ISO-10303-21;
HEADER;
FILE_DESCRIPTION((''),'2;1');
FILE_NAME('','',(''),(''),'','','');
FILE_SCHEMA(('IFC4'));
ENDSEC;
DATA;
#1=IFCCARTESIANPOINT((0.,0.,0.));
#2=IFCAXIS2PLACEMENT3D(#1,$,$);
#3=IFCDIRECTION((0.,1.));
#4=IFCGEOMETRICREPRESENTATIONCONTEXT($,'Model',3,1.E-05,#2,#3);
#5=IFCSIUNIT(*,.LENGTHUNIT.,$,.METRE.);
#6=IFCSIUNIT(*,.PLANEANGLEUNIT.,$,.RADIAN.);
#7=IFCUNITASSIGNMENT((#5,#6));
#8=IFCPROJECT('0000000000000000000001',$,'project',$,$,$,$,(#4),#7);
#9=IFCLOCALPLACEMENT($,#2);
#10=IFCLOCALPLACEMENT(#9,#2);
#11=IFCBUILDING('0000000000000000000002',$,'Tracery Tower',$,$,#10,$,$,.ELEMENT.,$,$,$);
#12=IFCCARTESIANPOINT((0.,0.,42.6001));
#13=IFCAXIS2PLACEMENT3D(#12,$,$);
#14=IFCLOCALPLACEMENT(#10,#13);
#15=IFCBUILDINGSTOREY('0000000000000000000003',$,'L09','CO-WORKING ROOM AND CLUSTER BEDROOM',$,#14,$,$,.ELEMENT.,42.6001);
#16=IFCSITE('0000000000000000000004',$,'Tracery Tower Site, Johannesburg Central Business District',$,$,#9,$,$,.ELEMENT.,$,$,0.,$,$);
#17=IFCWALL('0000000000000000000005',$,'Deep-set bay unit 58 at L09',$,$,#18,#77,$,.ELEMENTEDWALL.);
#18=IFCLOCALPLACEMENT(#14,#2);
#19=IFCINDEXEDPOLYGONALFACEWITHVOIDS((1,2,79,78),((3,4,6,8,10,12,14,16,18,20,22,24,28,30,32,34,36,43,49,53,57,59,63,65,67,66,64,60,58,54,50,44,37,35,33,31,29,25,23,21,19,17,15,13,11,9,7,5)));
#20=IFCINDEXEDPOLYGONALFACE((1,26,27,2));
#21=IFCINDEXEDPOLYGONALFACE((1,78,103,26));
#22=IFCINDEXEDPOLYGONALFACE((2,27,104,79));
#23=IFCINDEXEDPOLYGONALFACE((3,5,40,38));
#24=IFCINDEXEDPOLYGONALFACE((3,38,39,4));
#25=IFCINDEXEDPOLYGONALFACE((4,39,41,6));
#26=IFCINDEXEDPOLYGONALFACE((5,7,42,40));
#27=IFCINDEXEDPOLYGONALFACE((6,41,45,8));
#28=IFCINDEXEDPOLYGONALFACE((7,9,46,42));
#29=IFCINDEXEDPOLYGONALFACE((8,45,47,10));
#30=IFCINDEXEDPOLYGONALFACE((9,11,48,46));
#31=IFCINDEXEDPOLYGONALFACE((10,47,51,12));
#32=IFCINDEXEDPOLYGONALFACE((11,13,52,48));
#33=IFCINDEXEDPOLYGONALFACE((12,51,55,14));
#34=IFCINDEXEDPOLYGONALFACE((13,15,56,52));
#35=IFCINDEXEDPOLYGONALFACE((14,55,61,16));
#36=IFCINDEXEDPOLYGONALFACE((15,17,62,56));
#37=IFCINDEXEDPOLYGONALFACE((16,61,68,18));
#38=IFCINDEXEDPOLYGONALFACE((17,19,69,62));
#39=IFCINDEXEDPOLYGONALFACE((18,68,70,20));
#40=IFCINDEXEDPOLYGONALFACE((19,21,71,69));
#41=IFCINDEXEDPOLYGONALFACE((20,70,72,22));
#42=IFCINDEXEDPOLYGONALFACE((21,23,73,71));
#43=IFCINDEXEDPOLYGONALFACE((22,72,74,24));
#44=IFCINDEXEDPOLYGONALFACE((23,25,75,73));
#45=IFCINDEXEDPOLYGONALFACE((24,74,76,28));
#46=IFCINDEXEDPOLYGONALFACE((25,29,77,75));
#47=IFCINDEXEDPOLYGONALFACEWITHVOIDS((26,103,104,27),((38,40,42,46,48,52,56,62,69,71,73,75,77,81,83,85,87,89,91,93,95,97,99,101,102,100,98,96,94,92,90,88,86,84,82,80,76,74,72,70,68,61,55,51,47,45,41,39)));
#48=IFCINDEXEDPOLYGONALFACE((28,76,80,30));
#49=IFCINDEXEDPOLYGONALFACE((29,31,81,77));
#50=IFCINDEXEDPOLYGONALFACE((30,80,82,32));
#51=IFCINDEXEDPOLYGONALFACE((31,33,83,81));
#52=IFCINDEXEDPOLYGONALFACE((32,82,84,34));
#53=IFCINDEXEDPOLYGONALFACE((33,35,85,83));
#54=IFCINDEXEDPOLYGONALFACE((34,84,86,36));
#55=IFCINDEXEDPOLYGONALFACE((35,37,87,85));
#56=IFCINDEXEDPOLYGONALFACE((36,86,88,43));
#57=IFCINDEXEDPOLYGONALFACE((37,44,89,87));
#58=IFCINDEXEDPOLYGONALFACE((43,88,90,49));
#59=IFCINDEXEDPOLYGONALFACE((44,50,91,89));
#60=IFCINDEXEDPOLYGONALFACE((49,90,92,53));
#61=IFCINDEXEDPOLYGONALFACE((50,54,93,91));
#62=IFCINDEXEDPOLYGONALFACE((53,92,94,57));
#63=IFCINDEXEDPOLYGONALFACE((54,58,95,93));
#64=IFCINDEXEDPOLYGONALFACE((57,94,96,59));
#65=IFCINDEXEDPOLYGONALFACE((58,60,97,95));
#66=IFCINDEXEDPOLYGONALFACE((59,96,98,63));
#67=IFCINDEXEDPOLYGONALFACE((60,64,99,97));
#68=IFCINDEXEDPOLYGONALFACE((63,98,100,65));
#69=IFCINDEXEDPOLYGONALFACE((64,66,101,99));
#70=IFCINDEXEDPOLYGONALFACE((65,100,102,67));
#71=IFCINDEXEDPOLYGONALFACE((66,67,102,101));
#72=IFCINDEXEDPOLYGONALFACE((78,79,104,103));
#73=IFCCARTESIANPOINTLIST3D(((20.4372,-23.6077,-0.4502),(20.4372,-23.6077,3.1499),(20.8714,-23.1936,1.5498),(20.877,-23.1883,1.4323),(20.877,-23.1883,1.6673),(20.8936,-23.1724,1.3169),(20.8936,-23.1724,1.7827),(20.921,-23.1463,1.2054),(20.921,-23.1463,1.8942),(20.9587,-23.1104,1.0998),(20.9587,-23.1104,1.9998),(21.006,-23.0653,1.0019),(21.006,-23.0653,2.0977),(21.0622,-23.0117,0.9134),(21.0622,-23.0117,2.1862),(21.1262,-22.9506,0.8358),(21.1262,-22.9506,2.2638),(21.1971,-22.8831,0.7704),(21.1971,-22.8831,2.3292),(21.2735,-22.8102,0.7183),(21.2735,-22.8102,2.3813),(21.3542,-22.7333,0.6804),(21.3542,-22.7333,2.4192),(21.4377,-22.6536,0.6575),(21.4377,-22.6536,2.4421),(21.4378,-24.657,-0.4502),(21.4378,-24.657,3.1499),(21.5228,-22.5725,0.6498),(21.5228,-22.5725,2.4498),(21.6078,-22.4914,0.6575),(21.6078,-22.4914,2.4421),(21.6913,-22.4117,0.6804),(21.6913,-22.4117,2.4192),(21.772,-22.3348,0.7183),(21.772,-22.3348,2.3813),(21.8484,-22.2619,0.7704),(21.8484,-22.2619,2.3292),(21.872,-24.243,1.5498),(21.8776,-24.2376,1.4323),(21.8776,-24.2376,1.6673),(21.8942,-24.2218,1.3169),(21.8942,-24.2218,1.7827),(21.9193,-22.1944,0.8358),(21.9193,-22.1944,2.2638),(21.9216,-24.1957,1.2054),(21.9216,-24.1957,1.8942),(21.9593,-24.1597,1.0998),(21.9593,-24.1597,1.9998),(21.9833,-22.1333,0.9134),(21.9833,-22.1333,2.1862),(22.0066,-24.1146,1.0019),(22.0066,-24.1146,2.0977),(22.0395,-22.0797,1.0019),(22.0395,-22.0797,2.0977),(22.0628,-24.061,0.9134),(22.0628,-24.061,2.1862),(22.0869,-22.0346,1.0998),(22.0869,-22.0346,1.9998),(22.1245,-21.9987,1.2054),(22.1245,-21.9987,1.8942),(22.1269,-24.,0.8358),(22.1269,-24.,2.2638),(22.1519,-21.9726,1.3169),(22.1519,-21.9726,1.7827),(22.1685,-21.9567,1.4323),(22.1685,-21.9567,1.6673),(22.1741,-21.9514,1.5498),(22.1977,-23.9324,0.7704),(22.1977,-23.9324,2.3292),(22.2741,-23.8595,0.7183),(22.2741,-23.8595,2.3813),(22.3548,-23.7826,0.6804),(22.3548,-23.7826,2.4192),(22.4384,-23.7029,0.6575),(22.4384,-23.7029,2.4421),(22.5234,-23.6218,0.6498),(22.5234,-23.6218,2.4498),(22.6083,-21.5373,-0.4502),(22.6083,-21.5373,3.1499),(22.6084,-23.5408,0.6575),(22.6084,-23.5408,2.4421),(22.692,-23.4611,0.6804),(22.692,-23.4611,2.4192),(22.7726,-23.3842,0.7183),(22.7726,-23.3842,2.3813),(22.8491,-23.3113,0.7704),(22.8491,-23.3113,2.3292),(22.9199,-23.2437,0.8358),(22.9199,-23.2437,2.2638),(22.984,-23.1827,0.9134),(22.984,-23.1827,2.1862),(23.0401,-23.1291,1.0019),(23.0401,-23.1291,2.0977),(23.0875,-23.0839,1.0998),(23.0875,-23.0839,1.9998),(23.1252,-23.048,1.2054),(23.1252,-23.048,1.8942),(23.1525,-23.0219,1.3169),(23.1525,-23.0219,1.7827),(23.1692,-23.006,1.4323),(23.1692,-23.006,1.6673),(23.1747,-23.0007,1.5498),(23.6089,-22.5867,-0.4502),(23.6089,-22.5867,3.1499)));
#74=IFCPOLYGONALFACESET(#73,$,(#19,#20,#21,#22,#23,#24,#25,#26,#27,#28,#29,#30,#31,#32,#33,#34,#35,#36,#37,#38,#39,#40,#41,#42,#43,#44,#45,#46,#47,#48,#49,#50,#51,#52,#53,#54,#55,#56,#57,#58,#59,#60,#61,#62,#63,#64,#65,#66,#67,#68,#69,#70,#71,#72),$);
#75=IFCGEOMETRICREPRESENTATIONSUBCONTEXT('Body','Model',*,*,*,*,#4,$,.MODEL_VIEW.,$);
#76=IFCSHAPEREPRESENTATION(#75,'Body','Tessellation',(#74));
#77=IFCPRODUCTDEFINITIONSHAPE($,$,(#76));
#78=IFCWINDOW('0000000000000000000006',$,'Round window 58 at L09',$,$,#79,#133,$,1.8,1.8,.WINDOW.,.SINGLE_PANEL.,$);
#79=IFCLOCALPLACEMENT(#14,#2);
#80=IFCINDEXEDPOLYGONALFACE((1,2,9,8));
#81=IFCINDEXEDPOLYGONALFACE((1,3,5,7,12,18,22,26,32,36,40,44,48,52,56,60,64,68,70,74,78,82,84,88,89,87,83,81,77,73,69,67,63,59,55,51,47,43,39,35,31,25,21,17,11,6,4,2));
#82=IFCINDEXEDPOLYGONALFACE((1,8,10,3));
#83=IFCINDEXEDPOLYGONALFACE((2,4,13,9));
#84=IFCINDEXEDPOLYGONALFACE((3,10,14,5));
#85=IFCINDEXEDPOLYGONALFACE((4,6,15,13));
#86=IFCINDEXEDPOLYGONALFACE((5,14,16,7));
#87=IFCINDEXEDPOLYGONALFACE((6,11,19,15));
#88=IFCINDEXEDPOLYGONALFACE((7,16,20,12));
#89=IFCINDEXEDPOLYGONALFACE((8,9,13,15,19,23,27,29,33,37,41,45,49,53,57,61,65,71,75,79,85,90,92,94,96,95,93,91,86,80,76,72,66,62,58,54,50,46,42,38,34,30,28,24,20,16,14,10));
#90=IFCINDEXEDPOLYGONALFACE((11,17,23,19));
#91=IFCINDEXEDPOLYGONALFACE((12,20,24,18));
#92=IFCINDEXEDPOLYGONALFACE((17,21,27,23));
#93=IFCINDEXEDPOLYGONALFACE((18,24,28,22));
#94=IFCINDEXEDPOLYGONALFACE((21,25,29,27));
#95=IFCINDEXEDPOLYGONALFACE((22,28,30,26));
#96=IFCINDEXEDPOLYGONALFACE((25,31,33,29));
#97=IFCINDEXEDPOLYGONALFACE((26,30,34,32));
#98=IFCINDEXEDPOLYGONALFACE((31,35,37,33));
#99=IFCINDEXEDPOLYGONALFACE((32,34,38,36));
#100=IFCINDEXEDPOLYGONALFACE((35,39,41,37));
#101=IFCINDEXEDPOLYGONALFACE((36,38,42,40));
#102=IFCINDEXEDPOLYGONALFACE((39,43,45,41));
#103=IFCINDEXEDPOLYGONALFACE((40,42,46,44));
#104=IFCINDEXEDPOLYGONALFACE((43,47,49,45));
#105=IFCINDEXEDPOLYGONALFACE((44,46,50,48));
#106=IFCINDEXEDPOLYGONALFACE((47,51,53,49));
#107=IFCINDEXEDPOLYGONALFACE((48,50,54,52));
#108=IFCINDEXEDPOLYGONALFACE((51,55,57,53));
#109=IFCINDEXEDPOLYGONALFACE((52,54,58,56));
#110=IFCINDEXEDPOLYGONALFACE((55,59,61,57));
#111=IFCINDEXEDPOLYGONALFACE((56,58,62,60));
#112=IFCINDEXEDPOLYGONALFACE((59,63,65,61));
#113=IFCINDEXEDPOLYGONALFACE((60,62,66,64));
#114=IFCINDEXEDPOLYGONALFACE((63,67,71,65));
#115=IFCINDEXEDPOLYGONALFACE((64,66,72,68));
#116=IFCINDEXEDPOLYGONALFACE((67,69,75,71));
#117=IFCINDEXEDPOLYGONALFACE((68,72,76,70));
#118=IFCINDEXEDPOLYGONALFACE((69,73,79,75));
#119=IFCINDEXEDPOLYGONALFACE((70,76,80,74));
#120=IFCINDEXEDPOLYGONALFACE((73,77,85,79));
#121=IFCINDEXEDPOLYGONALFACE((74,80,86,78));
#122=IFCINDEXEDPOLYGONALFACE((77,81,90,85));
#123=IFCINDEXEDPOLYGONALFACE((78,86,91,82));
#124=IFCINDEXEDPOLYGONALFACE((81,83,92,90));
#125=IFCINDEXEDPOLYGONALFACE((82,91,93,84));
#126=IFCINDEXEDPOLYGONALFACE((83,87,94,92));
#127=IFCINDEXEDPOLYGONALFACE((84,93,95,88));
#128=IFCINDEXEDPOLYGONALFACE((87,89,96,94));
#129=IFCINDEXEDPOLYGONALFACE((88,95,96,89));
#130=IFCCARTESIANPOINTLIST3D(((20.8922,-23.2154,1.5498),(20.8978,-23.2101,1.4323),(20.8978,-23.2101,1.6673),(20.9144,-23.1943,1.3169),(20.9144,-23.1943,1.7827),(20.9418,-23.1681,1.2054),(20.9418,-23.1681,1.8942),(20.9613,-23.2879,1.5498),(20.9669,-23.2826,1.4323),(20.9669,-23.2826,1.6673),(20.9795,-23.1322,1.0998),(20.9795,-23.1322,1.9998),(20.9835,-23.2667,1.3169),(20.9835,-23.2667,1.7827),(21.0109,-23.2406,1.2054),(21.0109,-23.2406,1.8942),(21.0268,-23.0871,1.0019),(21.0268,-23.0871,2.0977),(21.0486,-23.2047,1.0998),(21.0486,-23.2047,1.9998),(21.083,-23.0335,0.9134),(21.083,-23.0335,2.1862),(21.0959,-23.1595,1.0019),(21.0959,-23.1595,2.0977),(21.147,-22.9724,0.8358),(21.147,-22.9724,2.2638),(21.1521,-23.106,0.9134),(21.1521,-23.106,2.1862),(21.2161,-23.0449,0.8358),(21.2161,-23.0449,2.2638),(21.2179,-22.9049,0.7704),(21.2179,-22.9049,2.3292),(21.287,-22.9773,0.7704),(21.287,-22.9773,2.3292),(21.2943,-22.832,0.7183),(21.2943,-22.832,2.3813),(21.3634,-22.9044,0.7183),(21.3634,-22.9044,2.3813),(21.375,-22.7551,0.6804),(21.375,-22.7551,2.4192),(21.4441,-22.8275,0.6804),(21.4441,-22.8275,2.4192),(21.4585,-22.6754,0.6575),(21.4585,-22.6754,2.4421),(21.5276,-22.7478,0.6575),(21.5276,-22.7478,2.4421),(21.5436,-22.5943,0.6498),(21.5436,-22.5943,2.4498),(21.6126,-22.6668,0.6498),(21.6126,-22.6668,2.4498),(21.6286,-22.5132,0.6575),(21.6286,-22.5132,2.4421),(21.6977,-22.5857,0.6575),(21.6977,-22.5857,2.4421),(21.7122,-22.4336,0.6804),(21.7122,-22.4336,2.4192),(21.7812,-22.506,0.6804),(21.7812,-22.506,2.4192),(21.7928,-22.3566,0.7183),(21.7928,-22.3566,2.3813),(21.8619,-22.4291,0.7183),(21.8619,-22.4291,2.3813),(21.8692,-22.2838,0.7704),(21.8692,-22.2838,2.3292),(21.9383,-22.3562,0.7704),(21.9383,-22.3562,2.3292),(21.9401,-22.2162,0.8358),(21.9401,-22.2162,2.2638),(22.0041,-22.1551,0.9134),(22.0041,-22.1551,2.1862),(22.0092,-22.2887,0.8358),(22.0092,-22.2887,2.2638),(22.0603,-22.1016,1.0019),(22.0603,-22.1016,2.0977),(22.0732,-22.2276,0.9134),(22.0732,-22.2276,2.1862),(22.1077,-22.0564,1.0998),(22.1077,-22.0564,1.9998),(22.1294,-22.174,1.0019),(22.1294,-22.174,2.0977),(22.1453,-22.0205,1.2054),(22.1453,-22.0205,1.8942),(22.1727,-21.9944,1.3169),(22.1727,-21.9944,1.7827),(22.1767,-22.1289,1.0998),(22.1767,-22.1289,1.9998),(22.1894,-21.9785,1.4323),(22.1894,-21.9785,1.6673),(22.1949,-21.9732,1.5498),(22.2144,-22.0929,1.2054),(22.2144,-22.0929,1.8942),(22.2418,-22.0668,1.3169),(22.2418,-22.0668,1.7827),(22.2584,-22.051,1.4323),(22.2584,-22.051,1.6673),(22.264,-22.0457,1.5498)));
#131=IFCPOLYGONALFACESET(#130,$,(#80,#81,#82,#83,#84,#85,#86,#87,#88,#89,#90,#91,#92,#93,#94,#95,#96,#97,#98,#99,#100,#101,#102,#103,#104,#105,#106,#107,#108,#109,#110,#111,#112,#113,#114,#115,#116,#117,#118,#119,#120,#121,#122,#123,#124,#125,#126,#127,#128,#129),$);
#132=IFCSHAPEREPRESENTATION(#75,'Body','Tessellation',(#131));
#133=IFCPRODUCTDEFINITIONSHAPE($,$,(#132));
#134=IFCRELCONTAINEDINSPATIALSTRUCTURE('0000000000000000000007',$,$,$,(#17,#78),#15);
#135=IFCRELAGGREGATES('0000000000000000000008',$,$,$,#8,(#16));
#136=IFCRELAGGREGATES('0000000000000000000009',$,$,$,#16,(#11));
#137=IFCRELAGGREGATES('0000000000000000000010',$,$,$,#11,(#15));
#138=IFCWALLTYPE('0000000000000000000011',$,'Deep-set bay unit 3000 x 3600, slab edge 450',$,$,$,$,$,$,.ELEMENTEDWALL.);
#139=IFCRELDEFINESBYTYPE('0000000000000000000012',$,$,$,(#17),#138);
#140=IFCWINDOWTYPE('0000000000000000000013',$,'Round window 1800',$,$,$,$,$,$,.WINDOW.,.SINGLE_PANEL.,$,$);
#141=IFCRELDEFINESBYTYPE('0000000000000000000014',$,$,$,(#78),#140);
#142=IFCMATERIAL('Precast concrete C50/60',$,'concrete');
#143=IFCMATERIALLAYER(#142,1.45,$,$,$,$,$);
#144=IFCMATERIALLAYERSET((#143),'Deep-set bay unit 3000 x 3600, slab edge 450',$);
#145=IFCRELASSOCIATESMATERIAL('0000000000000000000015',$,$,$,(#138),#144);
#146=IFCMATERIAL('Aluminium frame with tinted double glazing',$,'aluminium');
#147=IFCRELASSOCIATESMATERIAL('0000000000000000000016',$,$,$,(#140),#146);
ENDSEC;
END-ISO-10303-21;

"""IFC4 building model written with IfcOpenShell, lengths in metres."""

from ifc_helpers import new_model, si_unit, direction, frame, frame_2d, origin, origin_2d, place, context, subcontext, project, spatial, rectangle, circle, extrude, material, layer, layer_set, type_object, element, fill, save


model = new_model("IFC4")

# Units and contexts
model_context = context("Model", 3, precision=1e-05, world=origin(), true_north=direction((0.0, 1.0)))
body_context = subcontext(model_context, "Body", "Model", "MODEL_VIEW")
ifc_project = project(units=[si_unit("LENGTHUNIT", "METRE"), si_unit("PLANEANGLEUNIT", "RADIAN")], contexts=[model_context])

# Site, building, storey
site_placement = place(None, origin())
site = spatial("IfcSite", under=ifc_project, at=site_placement, Name="Tracery Tower Site, Johannesburg Central Business District", CompositionType="ELEMENT", RefElevation=0.0)
building_placement = place(site_placement, origin())
building = spatial("IfcBuilding", under=site, at=building_placement, Name="Tracery Tower", CompositionType="ELEMENT")
storey_placement = place(building_placement, frame((0.0, 0.0, 42.6001)))
storey = spatial("IfcBuildingStorey", under=building, at=storey_placement, Name="L09", Description="CO-WORKING ROOM AND CLUSTER BEDROOM", CompositionType="ELEMENT", Elevation=42.6001)

# Wall, opening, window
ifc_material_1 = material(Name="Precast concrete C50/60", Category="concrete")
ifc_layer_1 = layer(ifc_material_1, 1.45)
ifc_layer_set_1 = layer_set([ifc_layer_1], Name="Deep-set bay unit 3000 x 3600, slab edge 450")
wall_type_1 = type_object("IfcWallType", Name="Deep-set bay unit 3000 x 3600, slab edge 450", PredefinedType="ELEMENTEDWALL", material=ifc_layer_set_1)
ifc_material_2 = material(Name="Aluminium frame with tinted double glazing", Category="aluminium")
window_type = type_object("IfcWindowType", Name="Round window 1800", PartitioningType="SINGLE_PANEL", PredefinedType="WINDOW", material=ifc_material_2)
wall_1_placement = place(storey_placement, frame((20.9375, -24.1323, -0.4502), z_axis=(0.0, 0.0, 1.0), x_axis=(0.723712, 0.690102, 0.0)))
wall_1 = element("IfcWall", 1, at=wall_1_placement, inside=storey, type_object=wall_type_1, Name="Deep-set bay unit 58 at L09", PredefinedType="ELEMENTEDWALL", context=body_context, shape_type="SweptSolid", body=[
    extrude(rectangle(XDim=3.0, YDim=1.45, at=frame_2d((1.5, 0.0))), origin(), (0.0, 0.0, 1.0), 3.6001),
])
opening_1_placement = place(wall_1_placement, frame((1.5, 0.0, 2.0)))
opening_1 = element("IfcOpeningElement", 2, at=opening_1_placement, cuts=wall_1, PredefinedType="OPENING", context=body_context, shape_type="SweptSolid", body=[
    extrude(circle(Radius=0.9, at=origin_2d()), frame((0.0, 0.7349, 0.0), z_axis=(0.0, -1.0, 0.0), x_axis=(1.0, 0.0, 0.0)), (0.0, 0.0, 1.0), 1.47),
])
window_1_placement = place(opening_1_placement, origin())
window_1 = element("IfcWindow", 3, at=window_1_placement, inside=storey, type_object=window_type, Name="Round window 58 at L09", OverallHeight=1.8, OverallWidth=1.8, PartitioningType="SINGLE_PANEL", PredefinedType="WINDOW", context=body_context, shape_type="SweptSolid", body=[
    extrude(circle(Radius=0.9, at=origin_2d()), frame((0.0, 0.6948, 0.0), z_axis=(0.0, -1.0, 0.0), x_axis=(1.0, 0.0, 0.0)), (0.0, 0.0, 1.0), 0.1001),
])
fill(opening_1, window_1)

save(model, "model.ifc")
